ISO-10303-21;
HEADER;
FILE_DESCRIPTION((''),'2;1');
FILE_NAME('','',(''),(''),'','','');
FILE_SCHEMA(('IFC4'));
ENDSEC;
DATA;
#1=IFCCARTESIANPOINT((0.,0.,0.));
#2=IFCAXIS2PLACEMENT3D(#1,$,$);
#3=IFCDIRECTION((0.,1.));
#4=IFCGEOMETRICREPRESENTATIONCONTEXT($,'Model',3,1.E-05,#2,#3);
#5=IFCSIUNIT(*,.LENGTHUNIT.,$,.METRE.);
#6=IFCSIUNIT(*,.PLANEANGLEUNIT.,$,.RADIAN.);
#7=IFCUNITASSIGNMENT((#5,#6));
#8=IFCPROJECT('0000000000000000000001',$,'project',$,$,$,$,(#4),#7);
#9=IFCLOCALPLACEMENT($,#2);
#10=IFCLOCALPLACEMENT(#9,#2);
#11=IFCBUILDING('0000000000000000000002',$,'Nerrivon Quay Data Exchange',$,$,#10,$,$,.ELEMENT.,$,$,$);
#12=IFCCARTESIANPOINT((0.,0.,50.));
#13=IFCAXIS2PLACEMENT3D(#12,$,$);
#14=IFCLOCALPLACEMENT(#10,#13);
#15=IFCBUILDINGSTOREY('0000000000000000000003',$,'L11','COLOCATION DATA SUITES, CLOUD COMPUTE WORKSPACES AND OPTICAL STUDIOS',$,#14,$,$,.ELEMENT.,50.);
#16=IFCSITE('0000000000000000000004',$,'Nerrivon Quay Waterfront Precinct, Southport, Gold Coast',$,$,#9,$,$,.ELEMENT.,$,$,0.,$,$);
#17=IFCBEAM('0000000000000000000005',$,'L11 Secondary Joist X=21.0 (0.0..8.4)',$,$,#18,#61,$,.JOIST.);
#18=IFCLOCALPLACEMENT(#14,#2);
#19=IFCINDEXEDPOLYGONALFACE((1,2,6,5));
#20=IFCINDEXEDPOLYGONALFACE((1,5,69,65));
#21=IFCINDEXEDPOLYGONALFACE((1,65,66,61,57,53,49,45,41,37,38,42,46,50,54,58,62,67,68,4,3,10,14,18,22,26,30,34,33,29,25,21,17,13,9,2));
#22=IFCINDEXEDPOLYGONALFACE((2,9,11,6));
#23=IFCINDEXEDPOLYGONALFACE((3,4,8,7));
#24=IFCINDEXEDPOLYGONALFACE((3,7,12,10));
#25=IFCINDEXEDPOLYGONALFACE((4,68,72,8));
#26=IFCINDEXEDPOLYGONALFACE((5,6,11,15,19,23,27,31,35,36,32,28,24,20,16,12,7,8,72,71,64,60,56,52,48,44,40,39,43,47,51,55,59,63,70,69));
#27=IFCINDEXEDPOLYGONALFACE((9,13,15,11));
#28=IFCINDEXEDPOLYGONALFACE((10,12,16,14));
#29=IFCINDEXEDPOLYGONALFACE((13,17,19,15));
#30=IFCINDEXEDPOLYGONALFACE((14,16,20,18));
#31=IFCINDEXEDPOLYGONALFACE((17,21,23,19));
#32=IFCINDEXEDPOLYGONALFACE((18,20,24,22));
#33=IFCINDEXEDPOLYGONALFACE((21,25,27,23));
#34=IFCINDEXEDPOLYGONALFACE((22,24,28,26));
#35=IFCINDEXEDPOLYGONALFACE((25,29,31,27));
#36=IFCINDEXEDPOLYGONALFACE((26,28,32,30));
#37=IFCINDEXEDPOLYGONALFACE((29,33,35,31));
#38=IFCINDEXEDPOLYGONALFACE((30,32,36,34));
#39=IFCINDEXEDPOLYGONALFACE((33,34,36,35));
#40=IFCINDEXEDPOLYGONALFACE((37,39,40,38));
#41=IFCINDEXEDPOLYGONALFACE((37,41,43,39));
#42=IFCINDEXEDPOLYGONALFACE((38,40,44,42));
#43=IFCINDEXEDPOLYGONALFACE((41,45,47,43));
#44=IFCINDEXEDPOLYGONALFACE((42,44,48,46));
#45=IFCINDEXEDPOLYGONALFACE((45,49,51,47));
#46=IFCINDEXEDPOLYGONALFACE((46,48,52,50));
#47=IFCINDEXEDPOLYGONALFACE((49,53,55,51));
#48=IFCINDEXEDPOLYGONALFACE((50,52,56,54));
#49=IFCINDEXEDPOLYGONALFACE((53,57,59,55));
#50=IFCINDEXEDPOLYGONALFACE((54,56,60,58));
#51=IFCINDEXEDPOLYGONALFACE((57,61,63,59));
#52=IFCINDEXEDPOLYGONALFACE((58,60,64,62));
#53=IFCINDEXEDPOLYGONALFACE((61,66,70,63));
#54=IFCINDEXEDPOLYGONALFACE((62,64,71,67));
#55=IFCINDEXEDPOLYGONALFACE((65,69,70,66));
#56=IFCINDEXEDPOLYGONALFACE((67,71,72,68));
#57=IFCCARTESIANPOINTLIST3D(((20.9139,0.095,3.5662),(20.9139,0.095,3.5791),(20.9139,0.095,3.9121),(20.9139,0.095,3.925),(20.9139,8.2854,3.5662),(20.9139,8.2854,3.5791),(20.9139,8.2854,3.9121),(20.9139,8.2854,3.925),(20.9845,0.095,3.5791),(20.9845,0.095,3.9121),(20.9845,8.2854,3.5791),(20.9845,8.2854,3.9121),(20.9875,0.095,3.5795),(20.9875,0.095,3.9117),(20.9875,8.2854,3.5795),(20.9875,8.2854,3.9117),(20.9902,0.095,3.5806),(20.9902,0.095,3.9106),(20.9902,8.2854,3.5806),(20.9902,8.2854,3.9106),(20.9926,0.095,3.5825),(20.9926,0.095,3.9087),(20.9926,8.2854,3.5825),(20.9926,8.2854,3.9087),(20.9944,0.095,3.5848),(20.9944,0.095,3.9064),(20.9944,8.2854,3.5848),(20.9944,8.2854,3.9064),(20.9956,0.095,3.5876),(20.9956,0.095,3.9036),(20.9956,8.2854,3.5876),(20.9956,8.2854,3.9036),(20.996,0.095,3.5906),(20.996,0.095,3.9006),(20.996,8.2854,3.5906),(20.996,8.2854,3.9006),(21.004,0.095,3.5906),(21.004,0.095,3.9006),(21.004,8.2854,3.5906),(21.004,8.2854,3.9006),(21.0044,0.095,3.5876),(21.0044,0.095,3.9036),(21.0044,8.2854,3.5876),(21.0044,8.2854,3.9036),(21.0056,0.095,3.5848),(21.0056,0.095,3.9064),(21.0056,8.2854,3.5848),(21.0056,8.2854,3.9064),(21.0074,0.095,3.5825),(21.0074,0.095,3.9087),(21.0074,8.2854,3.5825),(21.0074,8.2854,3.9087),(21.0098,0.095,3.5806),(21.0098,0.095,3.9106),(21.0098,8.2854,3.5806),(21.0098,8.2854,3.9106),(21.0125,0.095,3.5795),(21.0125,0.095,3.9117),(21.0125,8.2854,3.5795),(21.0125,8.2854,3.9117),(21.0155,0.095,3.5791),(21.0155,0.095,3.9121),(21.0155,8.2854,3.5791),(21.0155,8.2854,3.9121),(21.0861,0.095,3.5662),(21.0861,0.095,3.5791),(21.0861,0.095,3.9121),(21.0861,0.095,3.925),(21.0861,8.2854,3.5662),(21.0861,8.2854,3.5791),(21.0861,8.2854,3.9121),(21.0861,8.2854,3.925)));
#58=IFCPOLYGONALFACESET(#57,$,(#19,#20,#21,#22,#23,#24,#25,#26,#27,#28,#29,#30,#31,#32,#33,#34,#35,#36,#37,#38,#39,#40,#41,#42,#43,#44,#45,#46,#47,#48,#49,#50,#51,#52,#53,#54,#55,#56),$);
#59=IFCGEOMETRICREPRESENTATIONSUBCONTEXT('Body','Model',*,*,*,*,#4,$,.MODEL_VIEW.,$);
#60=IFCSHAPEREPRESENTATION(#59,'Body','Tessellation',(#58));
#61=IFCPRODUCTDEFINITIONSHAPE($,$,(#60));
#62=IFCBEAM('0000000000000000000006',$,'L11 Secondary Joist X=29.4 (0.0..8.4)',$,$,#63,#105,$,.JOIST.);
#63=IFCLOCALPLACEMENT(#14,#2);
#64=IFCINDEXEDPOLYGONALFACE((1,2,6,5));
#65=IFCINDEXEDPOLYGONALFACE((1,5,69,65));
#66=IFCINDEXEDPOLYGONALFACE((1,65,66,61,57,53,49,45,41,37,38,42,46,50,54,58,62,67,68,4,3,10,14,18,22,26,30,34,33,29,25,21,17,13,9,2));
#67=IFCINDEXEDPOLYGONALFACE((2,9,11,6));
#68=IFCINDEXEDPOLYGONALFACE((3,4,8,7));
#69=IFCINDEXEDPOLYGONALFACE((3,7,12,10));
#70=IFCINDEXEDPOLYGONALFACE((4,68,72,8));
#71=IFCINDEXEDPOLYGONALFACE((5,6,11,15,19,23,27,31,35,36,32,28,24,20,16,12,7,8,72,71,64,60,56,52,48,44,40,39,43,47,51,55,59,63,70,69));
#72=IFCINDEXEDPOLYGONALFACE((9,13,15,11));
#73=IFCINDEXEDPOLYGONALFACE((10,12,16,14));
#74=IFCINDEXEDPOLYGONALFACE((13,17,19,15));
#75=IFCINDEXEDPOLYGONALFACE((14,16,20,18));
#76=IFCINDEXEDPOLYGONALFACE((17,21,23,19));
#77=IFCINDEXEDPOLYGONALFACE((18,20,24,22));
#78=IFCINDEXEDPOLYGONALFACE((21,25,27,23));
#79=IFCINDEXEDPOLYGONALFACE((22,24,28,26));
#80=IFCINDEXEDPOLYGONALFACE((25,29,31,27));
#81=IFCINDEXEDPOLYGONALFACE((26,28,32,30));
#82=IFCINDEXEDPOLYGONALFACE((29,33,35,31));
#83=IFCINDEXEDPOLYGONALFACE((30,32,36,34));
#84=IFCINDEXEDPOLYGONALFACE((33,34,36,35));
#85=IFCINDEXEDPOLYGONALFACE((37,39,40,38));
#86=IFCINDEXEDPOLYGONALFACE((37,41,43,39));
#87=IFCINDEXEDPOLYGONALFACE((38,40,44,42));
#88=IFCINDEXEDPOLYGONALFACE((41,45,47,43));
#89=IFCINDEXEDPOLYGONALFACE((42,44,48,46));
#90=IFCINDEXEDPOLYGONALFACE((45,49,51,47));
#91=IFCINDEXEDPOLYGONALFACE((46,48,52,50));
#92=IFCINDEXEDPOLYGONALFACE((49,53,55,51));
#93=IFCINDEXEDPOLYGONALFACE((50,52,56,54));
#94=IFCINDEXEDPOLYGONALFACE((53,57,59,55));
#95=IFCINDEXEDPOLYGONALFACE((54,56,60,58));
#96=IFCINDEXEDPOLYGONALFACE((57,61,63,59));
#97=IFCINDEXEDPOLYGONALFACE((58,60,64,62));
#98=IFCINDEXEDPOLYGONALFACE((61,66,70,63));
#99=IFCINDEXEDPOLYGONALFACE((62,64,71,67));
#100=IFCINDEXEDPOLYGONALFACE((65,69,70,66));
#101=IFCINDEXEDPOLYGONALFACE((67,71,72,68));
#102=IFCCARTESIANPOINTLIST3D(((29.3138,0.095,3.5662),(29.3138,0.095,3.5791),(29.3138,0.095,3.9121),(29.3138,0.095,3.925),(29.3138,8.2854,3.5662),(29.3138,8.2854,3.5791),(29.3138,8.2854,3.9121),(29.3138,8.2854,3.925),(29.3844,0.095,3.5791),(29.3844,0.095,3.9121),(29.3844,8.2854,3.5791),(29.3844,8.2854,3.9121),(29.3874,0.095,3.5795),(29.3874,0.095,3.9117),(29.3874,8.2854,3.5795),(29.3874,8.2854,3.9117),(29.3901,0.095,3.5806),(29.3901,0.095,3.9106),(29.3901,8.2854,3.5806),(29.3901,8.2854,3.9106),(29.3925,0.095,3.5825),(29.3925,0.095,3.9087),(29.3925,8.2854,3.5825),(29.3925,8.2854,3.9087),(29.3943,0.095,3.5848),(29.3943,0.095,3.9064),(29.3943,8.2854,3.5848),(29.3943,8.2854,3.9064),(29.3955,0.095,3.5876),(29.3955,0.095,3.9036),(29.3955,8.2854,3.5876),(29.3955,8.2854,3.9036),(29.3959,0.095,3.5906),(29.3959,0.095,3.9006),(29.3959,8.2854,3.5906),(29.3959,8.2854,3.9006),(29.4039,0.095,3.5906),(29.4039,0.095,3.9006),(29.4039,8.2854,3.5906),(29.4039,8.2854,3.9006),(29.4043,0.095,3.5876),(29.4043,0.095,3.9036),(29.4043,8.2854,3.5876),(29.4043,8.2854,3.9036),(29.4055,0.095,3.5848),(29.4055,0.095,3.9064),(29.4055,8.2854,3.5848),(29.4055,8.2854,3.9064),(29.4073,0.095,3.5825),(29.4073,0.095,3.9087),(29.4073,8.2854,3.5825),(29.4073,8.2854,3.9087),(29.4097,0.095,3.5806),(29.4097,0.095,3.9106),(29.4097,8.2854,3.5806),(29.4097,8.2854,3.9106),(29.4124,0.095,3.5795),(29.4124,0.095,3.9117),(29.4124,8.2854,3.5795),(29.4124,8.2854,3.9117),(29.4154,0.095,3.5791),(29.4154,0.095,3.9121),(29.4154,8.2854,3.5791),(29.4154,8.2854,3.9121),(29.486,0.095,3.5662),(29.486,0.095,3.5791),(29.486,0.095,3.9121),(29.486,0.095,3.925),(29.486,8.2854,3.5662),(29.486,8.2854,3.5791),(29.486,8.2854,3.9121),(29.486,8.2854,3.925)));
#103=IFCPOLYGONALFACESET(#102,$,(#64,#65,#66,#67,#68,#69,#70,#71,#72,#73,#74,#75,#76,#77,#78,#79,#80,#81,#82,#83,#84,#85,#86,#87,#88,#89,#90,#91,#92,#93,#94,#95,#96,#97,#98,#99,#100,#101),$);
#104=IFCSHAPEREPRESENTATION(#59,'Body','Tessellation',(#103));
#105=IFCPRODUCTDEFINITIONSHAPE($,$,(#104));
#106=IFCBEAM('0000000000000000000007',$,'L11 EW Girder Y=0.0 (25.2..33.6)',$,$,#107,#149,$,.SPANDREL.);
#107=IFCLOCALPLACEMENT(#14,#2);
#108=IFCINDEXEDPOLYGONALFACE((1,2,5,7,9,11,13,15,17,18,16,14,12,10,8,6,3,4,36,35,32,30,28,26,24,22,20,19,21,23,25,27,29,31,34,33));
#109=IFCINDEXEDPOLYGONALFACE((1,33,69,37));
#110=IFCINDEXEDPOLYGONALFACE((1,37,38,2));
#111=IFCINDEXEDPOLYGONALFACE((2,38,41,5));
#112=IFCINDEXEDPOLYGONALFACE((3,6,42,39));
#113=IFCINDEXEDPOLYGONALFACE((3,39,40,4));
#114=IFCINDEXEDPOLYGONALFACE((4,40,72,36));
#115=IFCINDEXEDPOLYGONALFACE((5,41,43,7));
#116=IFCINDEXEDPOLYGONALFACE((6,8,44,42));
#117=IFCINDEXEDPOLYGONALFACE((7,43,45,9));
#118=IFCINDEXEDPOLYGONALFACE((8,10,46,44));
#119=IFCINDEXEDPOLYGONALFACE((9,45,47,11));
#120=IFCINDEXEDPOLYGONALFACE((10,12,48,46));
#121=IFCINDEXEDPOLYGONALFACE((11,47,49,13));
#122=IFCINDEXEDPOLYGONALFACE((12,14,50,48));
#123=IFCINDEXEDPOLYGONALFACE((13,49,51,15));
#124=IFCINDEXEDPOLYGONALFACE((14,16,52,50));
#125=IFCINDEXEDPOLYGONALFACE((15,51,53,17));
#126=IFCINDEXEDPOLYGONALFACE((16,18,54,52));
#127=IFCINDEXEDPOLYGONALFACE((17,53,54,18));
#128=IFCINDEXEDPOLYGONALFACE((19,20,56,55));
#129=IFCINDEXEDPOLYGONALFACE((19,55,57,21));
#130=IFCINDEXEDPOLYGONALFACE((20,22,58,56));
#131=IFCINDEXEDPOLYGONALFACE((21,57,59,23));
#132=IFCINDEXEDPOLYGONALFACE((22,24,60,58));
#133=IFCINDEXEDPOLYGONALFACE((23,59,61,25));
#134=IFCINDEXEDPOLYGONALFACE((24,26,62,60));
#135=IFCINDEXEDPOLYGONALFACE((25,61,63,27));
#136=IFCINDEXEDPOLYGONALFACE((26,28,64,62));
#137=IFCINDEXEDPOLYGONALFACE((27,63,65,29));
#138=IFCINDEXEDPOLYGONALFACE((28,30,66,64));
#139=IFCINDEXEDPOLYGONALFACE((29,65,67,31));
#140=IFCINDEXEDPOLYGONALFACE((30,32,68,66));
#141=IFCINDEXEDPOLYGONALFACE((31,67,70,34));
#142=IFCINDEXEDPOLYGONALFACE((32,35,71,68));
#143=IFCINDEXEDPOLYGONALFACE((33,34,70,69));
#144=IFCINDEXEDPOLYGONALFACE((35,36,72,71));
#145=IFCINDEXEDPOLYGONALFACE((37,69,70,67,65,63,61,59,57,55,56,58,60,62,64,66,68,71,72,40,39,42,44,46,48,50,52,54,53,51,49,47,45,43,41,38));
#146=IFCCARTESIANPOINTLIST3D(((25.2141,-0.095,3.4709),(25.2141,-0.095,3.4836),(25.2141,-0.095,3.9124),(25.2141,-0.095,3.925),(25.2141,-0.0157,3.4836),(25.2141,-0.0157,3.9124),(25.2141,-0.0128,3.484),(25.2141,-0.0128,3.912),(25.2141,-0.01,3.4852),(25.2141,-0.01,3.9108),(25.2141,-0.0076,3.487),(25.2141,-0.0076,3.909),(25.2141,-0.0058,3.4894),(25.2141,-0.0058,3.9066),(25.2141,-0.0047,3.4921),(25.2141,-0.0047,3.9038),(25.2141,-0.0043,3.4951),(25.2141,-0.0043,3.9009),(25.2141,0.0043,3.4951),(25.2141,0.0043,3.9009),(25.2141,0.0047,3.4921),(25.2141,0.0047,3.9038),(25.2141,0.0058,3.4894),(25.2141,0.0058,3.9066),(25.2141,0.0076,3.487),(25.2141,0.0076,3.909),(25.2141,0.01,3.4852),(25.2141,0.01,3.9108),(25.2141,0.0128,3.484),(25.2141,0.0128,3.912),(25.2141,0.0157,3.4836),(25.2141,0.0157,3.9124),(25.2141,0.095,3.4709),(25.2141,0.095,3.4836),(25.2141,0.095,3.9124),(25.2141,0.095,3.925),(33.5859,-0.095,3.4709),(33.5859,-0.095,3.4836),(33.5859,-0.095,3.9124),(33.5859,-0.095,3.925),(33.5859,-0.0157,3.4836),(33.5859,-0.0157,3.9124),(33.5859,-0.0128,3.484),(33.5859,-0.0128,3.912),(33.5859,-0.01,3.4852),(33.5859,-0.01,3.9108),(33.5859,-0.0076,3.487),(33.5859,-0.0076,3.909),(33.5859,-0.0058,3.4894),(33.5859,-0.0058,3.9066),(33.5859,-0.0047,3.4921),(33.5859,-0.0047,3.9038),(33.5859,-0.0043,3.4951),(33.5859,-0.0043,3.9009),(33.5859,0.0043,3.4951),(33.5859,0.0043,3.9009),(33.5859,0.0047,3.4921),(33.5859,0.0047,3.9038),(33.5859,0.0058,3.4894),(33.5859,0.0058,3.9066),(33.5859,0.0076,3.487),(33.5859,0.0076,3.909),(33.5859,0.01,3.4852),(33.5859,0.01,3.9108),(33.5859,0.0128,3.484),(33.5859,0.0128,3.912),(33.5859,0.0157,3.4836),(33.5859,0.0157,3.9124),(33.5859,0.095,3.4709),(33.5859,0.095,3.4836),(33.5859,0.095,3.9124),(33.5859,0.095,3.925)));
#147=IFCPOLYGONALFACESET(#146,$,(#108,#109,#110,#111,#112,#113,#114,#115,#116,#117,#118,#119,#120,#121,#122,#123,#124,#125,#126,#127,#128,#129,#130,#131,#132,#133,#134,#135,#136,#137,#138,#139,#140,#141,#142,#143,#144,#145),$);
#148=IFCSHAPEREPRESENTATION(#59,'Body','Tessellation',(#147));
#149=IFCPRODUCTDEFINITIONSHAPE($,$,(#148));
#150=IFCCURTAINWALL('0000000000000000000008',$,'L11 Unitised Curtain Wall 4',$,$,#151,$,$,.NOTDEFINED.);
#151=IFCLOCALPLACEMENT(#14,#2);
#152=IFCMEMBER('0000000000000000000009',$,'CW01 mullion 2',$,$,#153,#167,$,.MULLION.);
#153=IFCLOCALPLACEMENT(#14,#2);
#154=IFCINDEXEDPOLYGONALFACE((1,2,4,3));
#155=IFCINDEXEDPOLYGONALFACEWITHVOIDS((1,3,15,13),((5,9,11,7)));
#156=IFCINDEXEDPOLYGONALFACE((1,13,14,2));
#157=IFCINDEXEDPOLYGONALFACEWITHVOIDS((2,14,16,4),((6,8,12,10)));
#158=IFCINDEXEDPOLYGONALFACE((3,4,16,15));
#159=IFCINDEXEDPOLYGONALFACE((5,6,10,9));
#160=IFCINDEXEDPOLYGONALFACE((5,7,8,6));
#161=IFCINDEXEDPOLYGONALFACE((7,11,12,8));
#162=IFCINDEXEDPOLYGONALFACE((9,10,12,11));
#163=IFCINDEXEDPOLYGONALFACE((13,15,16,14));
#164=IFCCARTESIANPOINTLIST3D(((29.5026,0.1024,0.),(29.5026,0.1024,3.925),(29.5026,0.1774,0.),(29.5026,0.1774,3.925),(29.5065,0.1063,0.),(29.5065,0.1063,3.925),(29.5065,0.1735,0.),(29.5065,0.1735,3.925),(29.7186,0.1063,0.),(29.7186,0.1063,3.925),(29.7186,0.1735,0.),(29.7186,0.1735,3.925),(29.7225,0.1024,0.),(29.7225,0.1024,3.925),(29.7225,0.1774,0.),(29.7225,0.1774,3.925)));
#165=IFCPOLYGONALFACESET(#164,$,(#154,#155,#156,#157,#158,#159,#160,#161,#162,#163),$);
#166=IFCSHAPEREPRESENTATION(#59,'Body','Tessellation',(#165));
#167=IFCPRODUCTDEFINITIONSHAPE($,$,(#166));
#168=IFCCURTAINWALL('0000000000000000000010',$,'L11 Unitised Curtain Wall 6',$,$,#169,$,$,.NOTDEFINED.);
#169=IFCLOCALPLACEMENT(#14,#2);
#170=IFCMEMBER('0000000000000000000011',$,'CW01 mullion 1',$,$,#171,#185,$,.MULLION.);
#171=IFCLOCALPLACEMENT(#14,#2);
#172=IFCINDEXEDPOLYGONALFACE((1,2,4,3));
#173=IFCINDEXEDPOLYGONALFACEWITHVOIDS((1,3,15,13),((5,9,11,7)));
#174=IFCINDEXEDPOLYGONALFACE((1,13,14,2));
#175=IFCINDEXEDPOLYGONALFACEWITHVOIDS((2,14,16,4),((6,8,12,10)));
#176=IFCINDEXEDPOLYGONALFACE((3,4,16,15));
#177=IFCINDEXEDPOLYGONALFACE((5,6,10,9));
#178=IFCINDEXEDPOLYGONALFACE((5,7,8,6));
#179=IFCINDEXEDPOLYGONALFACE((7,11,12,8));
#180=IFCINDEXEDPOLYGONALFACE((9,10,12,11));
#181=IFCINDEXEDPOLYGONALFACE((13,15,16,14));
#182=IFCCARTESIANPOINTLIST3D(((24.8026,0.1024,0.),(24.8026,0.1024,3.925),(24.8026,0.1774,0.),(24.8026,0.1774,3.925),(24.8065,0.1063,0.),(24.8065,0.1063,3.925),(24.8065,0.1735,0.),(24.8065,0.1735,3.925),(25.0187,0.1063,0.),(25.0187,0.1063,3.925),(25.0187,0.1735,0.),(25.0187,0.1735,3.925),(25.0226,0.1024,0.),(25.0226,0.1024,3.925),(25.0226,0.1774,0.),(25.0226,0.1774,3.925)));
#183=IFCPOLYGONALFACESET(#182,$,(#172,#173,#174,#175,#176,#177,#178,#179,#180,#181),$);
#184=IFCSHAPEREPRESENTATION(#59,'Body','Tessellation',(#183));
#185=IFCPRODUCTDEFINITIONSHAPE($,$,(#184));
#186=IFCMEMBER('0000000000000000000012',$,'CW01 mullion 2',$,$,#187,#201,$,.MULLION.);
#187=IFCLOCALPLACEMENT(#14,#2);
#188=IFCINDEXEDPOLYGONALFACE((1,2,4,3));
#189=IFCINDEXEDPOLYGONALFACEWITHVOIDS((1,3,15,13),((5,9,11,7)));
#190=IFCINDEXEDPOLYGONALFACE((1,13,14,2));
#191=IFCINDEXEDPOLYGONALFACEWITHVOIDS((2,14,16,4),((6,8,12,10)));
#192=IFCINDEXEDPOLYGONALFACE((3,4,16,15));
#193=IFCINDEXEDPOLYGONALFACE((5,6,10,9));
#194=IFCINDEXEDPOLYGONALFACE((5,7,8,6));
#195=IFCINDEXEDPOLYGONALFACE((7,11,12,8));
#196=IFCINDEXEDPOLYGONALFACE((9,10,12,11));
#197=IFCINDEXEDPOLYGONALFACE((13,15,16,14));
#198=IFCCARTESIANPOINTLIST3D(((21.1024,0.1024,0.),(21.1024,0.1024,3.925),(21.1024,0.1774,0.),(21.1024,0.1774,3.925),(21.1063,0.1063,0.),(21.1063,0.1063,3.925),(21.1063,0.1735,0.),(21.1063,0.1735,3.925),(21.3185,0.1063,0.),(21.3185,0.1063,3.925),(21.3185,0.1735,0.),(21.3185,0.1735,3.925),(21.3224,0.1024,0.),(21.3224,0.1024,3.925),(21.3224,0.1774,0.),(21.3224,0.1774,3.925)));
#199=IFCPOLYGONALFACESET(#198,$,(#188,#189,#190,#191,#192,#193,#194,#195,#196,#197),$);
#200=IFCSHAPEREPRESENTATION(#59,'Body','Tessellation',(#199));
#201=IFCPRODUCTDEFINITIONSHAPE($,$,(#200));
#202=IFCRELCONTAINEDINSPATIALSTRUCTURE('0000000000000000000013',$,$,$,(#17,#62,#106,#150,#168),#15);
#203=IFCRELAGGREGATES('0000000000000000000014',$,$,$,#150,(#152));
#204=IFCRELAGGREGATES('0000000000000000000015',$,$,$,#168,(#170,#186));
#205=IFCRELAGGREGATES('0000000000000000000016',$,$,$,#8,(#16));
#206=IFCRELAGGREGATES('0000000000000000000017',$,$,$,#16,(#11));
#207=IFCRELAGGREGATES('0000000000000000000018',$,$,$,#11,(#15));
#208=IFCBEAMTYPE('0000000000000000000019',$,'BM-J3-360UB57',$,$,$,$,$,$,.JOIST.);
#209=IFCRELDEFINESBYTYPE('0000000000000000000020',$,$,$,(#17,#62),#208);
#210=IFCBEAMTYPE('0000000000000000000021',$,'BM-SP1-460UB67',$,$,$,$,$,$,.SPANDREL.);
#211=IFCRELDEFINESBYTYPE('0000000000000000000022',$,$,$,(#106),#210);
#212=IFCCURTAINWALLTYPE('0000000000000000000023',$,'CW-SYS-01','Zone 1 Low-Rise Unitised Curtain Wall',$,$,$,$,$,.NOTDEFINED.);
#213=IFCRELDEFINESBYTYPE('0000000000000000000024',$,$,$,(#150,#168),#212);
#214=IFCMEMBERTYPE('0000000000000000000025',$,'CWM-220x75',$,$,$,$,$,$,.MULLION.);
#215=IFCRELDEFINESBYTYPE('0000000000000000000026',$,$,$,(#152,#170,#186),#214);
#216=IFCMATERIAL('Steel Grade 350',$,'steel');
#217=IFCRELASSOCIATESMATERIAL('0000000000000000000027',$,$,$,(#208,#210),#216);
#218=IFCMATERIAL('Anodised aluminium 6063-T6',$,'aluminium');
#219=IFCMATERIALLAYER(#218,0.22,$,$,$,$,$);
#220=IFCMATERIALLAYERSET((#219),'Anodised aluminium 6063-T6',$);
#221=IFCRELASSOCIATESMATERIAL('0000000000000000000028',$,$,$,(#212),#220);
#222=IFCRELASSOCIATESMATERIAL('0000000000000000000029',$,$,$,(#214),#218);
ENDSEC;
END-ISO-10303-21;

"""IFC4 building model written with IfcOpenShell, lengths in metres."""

from ifc_helpers import new_model, si_unit, direction, frame, origin, origin_2d, place, context, subcontext, project, spatial, hollow_rectangle, i_section, extrude, material, layer, layer_set, material_profile, profile_set, type_object, element, aggregate, save


model = new_model("IFC4")

# Units and contexts
model_context = context("Model", 3, precision=1e-05, world=origin(), true_north=direction((0.0, 1.0)))
body_context = subcontext(model_context, "Body", "Model", "MODEL_VIEW")
ifc_project = project(units=[si_unit("LENGTHUNIT", "METRE"), si_unit("PLANEANGLEUNIT", "RADIAN")], contexts=[model_context])

# Site, building, storey
site_placement = place(None, origin())
site = spatial("IfcSite", under=ifc_project, at=site_placement, Name="Nerrivon Quay Waterfront Precinct, Southport, Gold Coast", CompositionType="ELEMENT", RefElevation=0.0)
building_placement = place(site_placement, origin())
building = spatial("IfcBuilding", under=site, at=building_placement, Name="Nerrivon Quay Data Exchange", CompositionType="ELEMENT")
storey_placement = place(building_placement, frame((0.0, 0.0, 50.0)))
storey = spatial("IfcBuildingStorey", under=building, at=storey_placement, Name="L11", Description="COLOCATION DATA SUITES, CLOUD COMPUTE WORKSPACES AND OPTICAL STUDIOS", CompositionType="ELEMENT", Elevation=50.0)

# Shared definitions
ifc_material_1 = material(Name="Steel Grade 350", Category="steel")

# Beams
ifc_material_profile_1 = material_profile(ifc_material_1, i_section(OverallWidth=0.1721, OverallDepth=0.3589, WebThickness=0.0081, FlangeThickness=0.0129, FilletRadius=0.0115, at=origin_2d()), Name="360UB56.7")
ifc_profile_set_1 = profile_set([ifc_material_profile_1], Name="Steel Grade 350")
beam_type_1 = type_object("IfcBeamType", Name="BM-J3-360UB57", PredefinedType="JOIST", material=ifc_profile_set_1)
for number, where, z_axis, x_axis, name in (
    (1, (21.0, 0.095, 3.7456), (0.0, 1.0, 0.0), (-1.0, 0.0, 0.0), "L11 Secondary Joist X=21.0 (0.0..8.4)"),
    (2, (29.3999, 0.095, 3.7456), (0.0, 1.0, 0.0), (-1.0, 0.0, 0.0), "L11 Secondary Joist X=29.4 (0.0..8.4)"),
):
    element("IfcBeam", number, at=place(storey_placement, frame(where, z_axis=z_axis, x_axis=x_axis)), inside=storey, type_object=beam_type_1, Name=name, PredefinedType="JOIST", context=body_context, shape_type="SweptSolid", body=[
        extrude(i_section(OverallWidth=0.1721, OverallDepth=0.3589, WebThickness=0.0081, FlangeThickness=0.0129, FilletRadius=0.0115, at=origin_2d()), origin(), (0.0, 0.0, 1.0), 8.1904),
    ])
ifc_material_profile_2 = material_profile(ifc_material_1, i_section(OverallWidth=0.1899, OverallDepth=0.4541, WebThickness=0.0085, FlangeThickness=0.0127, FilletRadius=0.0115, at=origin_2d()), Name="460UB67.1")
ifc_profile_set_2 = profile_set([ifc_material_profile_2], Name="Steel Grade 350")
beam_type_2 = type_object("IfcBeamType", Name="BM-SP1-460UB67", PredefinedType="SPANDREL", material=ifc_profile_set_2)
beam_1_placement = place(storey_placement, frame((25.2141, 0.0, 3.698), z_axis=(1.0, 0.0, 0.0), x_axis=(0.0, 1.0, 0.0)))
element("IfcBeam", 3, at=beam_1_placement, inside=storey, type_object=beam_type_2, Name="L11 EW Girder Y=0.0 (25.2..33.6)", PredefinedType="SPANDREL", context=body_context, shape_type="SweptSolid", body=[
    extrude(i_section(OverallWidth=0.1899, OverallDepth=0.4541, WebThickness=0.0085, FlangeThickness=0.0127, FilletRadius=0.0115, at=origin_2d()), origin(), (0.0, 0.0, 1.0), 8.3718),
])

# Curtain wall, member
ifc_material_2 = material(Name="Anodised aluminium 6063-T6", Category="aluminium")
ifc_layer_1 = layer(ifc_material_2, 0.22)
ifc_layer_set_1 = layer_set([ifc_layer_1], Name="Anodised aluminium 6063-T6")
curtain_wall_type = type_object("IfcCurtainWallType", Name="CW-SYS-01", Description="Zone 1 Low-Rise Unitised Curtain Wall", PredefinedType="NOTDEFINED", material=ifc_layer_set_1)
curtain_wall_1_placement = place(storey_placement, origin())
curtain_wall_1 = element("IfcCurtainWall", 4, at=curtain_wall_1_placement, inside=storey, type_object=curtain_wall_type, Name="L11 Unitised Curtain Wall 4", PredefinedType="NOTDEFINED")
ifc_material_profile_3 = material_profile(ifc_material_2, hollow_rectangle(XDim=0.075, YDim=0.22, WallThickness=0.0039, at=origin_2d()), Name="ALU-MULL-220x75")
ifc_profile_set_3 = profile_set([ifc_material_profile_3], Name="Anodised aluminium 6063-T6")
member_type_1 = type_object("IfcMemberType", Name="CWM-220x75", PredefinedType="MULLION", material=ifc_profile_set_3)
member_1_placement = place(storey_placement, frame((29.6125, 0.1399, 0.0), z_axis=(0.0, 0.0, 1.0), x_axis=(0.0, -1.0, 0.0)))
member_1 = element("IfcMember", 5, at=member_1_placement, type_object=member_type_1, Name="CW01 mullion 2", PredefinedType="MULLION", context=body_context, shape_type="SweptSolid", body=[
    extrude(hollow_rectangle(XDim=0.075, YDim=0.22, WallThickness=0.0039, at=origin_2d()), origin(), (0.0, 0.0, 1.0), 3.925),
])
aggregate(curtain_wall_1, [member_1])

# Curtain wall, members
curtain_wall_2_placement = place(storey_placement, origin())
curtain_wall_2 = element("IfcCurtainWall", 6, at=curtain_wall_2_placement, inside=storey, type_object=curtain_wall_type, Name="L11 Unitised Curtain Wall 6", PredefinedType="NOTDEFINED")
member_2_placement = place(storey_placement, frame((24.9126, 0.1399, 0.0), z_axis=(0.0, 0.0, 1.0), x_axis=(0.0, -1.0, 0.0)))
member_2 = element("IfcMember", 7, at=member_2_placement, type_object=member_type_1, Name="CW01 mullion 1", PredefinedType="MULLION", context=body_context, shape_type="SweptSolid", body=[
    extrude(hollow_rectangle(XDim=0.075, YDim=0.22, WallThickness=0.0039, at=origin_2d()), origin(), (0.0, 0.0, 1.0), 3.925),
])
member_3_placement = place(storey_placement, frame((21.2124, 0.1399, 0.0), z_axis=(0.0, 0.0, 1.0), x_axis=(0.0, -1.0, 0.0)))
member_3 = element("IfcMember", 8, at=member_3_placement, type_object=member_type_1, Name="CW01 mullion 2", PredefinedType="MULLION", context=body_context, shape_type="SweptSolid", body=[
    extrude(hollow_rectangle(XDim=0.075, YDim=0.22, WallThickness=0.0039, at=origin_2d()), origin(), (0.0, 0.0, 1.0), 3.925),
])
aggregate(curtain_wall_2, [member_2, member_3])

save(model, "model.ifc")
